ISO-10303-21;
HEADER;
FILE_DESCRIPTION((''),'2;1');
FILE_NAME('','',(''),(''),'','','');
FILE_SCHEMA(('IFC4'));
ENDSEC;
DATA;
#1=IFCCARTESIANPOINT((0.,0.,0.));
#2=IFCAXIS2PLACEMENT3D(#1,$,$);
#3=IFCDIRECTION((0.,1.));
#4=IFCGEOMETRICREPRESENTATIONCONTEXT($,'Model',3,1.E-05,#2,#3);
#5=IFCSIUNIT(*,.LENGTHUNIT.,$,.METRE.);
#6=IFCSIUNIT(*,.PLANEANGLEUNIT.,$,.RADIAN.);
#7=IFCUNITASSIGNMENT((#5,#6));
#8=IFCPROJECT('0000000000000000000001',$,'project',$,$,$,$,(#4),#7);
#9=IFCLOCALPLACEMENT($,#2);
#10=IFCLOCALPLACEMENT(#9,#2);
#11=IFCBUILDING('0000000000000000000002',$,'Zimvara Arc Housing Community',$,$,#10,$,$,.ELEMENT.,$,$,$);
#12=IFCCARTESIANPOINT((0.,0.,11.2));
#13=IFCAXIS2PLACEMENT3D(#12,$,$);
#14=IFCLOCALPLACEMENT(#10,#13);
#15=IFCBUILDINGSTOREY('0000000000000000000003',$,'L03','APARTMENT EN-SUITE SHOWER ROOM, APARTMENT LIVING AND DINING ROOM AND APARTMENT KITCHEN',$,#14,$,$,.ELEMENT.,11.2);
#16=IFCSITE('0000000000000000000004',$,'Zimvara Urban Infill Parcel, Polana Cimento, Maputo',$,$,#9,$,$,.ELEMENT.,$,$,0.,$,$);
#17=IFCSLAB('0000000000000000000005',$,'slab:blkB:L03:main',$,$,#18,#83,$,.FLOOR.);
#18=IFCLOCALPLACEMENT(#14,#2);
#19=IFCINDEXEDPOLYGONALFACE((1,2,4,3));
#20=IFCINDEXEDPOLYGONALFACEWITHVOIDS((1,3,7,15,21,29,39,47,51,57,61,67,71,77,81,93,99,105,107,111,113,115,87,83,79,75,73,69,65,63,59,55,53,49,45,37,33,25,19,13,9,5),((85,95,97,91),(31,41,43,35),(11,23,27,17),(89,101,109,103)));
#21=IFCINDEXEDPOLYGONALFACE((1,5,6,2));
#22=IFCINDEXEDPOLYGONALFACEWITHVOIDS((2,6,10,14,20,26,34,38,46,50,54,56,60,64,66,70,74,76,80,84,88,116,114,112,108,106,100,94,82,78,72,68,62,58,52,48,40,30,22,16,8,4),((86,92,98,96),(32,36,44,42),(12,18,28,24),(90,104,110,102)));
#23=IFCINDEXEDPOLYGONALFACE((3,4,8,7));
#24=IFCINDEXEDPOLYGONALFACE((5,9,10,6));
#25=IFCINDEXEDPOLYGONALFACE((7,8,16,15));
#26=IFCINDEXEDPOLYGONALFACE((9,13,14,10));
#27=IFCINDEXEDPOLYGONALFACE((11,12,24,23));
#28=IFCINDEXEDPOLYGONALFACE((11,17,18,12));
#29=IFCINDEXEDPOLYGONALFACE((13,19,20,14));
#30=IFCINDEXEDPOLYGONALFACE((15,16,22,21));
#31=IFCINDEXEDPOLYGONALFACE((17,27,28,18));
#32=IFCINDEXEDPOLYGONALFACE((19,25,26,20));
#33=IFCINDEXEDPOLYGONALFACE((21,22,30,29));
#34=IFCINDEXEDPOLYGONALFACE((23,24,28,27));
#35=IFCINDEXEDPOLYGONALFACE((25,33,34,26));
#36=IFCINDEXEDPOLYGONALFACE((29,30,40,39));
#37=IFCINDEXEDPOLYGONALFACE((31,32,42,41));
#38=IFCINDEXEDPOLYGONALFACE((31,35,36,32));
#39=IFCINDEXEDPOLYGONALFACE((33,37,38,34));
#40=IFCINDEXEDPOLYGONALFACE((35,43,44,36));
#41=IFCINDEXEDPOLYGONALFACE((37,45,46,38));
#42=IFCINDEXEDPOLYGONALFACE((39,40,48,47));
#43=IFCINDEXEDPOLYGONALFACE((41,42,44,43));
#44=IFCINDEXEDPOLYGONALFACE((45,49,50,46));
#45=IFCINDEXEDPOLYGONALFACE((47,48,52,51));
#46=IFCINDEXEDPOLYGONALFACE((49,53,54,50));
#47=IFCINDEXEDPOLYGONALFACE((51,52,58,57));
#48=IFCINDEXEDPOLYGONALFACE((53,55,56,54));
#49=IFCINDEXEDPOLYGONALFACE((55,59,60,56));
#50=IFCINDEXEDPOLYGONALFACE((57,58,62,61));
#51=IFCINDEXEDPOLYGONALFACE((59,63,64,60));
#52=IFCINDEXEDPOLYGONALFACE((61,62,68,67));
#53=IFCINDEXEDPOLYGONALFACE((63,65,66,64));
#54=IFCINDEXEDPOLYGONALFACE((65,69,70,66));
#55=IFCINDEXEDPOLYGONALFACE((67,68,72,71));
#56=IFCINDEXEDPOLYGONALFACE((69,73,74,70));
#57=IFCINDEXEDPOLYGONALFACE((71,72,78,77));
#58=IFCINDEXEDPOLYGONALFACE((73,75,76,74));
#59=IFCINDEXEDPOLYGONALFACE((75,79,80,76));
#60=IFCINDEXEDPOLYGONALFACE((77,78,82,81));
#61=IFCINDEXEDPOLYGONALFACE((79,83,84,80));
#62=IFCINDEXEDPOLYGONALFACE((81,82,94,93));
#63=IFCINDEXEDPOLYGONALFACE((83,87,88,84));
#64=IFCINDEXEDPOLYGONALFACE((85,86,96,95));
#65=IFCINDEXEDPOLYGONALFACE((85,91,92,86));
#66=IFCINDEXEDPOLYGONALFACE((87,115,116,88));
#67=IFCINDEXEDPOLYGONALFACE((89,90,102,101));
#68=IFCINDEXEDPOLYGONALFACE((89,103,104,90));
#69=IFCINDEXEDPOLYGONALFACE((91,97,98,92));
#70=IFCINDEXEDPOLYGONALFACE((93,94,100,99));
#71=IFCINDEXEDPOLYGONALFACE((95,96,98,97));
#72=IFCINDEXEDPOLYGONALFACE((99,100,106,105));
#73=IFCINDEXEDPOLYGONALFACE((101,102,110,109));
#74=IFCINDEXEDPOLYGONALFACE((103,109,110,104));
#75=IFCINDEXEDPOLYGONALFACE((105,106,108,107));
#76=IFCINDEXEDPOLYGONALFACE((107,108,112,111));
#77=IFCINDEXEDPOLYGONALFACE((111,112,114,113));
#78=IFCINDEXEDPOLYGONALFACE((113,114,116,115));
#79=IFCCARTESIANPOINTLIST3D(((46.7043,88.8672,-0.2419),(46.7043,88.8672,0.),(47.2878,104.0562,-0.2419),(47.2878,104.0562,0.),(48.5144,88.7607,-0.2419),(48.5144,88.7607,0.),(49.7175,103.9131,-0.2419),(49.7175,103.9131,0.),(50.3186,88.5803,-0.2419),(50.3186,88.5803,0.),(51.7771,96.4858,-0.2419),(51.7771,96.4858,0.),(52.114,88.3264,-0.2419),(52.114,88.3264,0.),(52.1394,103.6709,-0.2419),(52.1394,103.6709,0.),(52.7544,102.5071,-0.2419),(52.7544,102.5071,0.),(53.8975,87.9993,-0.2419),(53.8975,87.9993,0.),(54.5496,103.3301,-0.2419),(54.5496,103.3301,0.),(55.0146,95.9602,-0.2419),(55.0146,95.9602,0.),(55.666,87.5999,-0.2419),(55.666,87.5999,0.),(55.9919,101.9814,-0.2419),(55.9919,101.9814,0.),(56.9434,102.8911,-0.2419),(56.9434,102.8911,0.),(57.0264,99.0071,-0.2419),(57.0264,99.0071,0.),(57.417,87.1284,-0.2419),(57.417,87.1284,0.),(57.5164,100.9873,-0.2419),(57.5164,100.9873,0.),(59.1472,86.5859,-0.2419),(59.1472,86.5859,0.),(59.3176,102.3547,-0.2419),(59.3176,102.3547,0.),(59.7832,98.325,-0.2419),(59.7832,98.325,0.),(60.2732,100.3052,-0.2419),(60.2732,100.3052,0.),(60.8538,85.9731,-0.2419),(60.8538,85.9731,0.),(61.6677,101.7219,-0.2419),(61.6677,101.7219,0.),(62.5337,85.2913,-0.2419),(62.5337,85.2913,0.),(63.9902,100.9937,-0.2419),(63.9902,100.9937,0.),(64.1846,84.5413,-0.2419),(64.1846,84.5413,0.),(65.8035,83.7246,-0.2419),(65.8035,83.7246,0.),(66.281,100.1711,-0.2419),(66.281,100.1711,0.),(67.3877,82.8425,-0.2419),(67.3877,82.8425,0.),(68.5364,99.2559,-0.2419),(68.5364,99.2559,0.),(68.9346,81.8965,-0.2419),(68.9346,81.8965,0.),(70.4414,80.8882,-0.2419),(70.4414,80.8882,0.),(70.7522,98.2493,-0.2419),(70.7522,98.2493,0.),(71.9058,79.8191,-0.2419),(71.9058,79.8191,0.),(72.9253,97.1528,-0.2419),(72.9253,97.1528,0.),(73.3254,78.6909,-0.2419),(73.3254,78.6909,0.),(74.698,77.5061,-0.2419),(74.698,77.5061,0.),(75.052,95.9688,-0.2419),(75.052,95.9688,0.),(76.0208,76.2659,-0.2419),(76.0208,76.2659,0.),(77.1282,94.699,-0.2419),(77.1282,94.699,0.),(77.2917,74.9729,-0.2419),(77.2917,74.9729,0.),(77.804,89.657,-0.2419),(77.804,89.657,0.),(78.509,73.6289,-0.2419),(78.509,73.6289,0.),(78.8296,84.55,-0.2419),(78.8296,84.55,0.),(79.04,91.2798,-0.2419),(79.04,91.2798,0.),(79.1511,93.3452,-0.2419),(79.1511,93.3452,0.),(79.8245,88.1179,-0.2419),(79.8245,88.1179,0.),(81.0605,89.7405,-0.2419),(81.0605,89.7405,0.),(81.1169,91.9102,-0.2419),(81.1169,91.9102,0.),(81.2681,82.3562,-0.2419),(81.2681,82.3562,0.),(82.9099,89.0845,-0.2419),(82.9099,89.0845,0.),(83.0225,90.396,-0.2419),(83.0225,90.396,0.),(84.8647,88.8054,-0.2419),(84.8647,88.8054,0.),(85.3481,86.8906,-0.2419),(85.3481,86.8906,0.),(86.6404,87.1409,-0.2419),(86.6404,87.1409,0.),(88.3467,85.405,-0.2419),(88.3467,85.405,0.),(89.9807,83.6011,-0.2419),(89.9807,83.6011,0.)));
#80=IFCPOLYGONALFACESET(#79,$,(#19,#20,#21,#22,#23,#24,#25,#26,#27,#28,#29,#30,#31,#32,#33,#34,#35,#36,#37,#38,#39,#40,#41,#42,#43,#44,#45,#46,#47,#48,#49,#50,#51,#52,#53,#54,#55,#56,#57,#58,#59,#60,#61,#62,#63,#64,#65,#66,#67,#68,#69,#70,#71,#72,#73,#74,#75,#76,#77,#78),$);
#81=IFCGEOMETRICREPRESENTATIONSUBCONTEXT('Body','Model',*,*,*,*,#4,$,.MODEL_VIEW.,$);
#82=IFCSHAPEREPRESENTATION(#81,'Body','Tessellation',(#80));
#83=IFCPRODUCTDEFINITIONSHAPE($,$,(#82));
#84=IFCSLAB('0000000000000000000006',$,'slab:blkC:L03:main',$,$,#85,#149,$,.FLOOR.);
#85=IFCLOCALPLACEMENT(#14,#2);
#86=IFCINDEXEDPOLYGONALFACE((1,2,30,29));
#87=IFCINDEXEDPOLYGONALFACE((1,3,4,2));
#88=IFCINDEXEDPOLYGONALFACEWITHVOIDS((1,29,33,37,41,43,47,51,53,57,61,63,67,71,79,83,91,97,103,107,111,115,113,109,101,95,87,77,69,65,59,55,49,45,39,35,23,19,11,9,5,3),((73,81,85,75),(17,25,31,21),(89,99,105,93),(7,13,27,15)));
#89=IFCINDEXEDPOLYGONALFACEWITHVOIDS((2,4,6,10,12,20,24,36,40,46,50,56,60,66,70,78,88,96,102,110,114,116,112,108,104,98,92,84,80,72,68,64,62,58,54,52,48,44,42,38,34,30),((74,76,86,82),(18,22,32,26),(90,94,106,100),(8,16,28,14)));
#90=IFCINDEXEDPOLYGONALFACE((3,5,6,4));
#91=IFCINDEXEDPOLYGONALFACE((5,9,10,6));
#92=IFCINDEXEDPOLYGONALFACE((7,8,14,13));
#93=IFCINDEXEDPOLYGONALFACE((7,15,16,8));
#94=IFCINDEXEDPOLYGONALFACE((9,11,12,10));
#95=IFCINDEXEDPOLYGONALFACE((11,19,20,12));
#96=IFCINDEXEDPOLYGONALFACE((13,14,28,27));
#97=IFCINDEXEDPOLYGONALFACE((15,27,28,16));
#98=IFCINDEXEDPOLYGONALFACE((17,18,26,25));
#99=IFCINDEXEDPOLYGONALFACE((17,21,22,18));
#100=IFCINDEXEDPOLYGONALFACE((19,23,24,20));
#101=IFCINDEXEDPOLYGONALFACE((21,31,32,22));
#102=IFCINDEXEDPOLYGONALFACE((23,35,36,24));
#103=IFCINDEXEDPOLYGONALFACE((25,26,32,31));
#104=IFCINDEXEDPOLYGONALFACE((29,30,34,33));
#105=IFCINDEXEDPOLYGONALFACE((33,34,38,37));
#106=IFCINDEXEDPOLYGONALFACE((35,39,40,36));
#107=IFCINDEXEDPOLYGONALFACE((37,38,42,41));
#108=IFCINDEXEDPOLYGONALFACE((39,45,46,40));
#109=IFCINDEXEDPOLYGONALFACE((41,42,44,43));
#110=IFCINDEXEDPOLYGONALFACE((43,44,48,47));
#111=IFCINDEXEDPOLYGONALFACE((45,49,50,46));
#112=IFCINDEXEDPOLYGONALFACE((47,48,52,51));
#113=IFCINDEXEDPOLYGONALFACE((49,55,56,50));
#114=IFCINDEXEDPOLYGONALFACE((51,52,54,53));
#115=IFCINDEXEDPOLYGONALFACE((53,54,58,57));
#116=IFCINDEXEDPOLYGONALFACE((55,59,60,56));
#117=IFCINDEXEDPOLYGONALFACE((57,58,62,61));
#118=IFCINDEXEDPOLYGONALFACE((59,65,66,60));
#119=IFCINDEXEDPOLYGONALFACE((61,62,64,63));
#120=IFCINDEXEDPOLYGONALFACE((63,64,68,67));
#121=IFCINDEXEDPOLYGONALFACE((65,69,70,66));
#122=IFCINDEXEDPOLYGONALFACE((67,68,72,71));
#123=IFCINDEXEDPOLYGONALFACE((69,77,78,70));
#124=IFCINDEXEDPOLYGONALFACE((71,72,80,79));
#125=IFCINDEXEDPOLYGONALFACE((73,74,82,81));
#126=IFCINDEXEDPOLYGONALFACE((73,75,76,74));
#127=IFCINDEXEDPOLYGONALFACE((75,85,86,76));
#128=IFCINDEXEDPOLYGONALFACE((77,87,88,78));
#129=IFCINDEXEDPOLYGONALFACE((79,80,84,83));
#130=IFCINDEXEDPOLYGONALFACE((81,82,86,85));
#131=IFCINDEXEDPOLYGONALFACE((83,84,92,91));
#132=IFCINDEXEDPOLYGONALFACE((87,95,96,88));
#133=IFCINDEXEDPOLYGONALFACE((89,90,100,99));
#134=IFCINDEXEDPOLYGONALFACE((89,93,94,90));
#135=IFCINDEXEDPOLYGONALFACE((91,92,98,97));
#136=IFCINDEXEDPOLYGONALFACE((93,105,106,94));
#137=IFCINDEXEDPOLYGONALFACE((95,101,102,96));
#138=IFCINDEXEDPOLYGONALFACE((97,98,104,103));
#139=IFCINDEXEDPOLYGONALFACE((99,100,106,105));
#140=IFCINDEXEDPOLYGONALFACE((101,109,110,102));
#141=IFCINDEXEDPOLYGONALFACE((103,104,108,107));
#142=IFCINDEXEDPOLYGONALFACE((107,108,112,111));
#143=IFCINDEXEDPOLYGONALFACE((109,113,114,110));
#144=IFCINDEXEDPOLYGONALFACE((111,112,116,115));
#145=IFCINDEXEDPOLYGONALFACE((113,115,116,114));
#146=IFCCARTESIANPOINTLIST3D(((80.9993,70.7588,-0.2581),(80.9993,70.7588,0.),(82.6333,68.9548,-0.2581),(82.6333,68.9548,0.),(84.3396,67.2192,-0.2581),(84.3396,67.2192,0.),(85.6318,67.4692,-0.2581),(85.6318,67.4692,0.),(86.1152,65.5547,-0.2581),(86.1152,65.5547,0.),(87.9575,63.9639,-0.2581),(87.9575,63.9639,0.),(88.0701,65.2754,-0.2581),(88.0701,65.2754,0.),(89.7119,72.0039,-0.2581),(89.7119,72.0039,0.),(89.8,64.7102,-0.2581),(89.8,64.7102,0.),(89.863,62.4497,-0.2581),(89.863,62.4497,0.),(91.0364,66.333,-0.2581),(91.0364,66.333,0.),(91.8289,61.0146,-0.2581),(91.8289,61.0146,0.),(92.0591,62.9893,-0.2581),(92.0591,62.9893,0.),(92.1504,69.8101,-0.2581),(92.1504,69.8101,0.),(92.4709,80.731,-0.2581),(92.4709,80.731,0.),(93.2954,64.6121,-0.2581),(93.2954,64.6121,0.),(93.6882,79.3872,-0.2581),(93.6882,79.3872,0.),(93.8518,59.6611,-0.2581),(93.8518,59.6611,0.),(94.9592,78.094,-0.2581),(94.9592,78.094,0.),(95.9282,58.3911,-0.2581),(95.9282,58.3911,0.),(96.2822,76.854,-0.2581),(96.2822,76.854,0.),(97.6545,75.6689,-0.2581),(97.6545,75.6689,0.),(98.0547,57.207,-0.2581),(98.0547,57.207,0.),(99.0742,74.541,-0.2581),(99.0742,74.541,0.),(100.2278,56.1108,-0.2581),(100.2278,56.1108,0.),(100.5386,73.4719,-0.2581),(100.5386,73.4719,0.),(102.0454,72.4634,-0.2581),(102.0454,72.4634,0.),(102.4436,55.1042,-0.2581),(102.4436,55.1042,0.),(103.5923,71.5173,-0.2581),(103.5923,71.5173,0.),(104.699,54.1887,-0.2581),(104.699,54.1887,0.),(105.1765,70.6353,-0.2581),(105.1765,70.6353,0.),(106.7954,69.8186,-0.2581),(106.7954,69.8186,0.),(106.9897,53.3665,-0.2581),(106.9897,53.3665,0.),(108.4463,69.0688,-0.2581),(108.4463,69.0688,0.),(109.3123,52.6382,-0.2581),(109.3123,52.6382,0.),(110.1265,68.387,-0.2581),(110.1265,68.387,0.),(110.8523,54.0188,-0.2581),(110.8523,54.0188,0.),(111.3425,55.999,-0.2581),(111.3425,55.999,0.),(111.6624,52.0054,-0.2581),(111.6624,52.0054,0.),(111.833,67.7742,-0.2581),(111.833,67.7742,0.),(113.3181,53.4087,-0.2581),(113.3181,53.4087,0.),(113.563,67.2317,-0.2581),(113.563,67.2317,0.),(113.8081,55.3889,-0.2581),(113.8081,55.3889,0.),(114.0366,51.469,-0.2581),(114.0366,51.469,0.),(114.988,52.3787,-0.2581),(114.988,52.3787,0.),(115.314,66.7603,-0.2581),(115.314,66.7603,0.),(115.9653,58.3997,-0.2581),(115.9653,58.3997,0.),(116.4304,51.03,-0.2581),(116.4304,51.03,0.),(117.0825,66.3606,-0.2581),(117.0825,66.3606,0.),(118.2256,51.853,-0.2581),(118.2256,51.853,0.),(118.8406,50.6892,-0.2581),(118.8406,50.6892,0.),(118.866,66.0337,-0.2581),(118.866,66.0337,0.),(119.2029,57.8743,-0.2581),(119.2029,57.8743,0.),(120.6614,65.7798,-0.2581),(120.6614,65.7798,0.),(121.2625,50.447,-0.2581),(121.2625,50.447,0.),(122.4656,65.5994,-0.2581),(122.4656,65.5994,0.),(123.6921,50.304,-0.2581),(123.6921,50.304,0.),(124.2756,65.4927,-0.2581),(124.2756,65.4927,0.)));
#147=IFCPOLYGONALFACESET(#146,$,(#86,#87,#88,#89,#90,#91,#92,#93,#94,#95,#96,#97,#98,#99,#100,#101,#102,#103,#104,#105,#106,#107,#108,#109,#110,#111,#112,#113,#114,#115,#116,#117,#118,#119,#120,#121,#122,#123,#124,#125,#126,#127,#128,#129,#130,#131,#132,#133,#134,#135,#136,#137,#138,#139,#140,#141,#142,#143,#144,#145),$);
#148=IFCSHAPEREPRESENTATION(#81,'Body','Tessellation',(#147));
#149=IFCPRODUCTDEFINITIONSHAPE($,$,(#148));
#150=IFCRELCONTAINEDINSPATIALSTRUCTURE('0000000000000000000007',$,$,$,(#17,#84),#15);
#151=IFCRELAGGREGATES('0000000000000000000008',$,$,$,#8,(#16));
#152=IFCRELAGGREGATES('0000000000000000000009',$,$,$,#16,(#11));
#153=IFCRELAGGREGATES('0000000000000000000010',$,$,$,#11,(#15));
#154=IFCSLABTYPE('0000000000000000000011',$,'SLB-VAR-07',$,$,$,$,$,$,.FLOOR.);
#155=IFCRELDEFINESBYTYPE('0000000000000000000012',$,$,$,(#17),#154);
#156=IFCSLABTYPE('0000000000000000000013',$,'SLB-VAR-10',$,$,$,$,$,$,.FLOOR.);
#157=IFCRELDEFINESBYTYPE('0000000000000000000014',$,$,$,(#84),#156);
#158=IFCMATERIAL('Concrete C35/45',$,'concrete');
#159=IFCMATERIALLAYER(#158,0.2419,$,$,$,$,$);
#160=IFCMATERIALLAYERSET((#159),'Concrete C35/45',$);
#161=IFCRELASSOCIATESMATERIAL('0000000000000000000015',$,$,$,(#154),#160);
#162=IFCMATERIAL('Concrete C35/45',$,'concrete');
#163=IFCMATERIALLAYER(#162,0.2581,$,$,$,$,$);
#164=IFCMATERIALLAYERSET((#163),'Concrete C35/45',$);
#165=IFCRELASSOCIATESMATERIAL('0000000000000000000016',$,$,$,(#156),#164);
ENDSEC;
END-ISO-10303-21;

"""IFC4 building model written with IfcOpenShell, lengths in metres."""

from ifc_helpers import new_model, si_unit, direction, frame, origin, place, context, subcontext, project, spatial, polyline, outline, extrude, material, layer, layer_set, type_object, element, save


model = new_model("IFC4")

# Units and contexts
model_context = context("Model", 3, precision=1e-05, world=origin(), true_north=direction((0.0, 1.0)))
body_context = subcontext(model_context, "Body", "Model", "MODEL_VIEW")
ifc_project = project(units=[si_unit("LENGTHUNIT", "METRE"), si_unit("PLANEANGLEUNIT", "RADIAN")], contexts=[model_context])

# Site, building, storey
site_placement = place(None, origin())
site = spatial("IfcSite", under=ifc_project, at=site_placement, Name="Zimvara Urban Infill Parcel, Polana Cimento, Maputo", CompositionType="ELEMENT", RefElevation=0.0)
building_placement = place(site_placement, origin())
building = spatial("IfcBuilding", under=site, at=building_placement, Name="Zimvara Arc Housing Community", CompositionType="ELEMENT")
storey_placement = place(building_placement, frame((0.0, 0.0, 11.2)))
storey = spatial("IfcBuildingStorey", under=building, at=storey_placement, Name="L03", Description="APARTMENT EN-SUITE SHOWER ROOM, APARTMENT LIVING AND DINING ROOM AND APARTMENT KITCHEN", CompositionType="ELEMENT", Elevation=11.2)

# Slabs
ifc_material_1 = material(Name="Concrete C35/45", Category="concrete")
ifc_layer_1 = layer(ifc_material_1, 0.2419)
ifc_layer_set_1 = layer_set([ifc_layer_1], Name="Concrete C35/45")
slab_type_1 = type_object("IfcSlabType", Name="SLB-VAR-07", PredefinedType="FLOOR", material=ifc_layer_set_1)
slab_1_placement = place(storey_placement, frame((0.0, 0.0, -0.2419)))
element("IfcSlab", 1, at=slab_1_placement, inside=storey, type_object=slab_type_1, Name="slab:blkB:L03:main", PredefinedType="FLOOR", context=body_context, shape_type="SweptSolid", body=[
    extrude(outline(polyline([(46.7043, 88.8672), (48.5144, 88.7607), (50.3186, 88.5803), (52.114, 88.3264), (53.8975, 87.9993), (55.666, 87.5999), (57.417, 87.1284), (59.1472, 86.5859), (60.8538, 85.9731), (62.5337, 85.2913), (64.1846, 84.5413), (65.8035, 83.7246), (67.3877, 82.8425), (68.9346, 81.8965), (70.4414, 80.8882), (71.9058, 79.8191), (73.3254, 78.6909), (74.698, 77.5061), (76.0208, 76.2659), (77.2917, 74.9729), (78.509, 73.6289), (89.9807, 83.6011), (88.3467, 85.405), (86.6404, 87.1409), (84.8647, 88.8054), (83.0225, 90.396), (81.1169, 91.9102), (79.1511, 93.3452), (77.1282, 94.699), (75.052, 95.9688), (72.9253, 97.1528), (70.7522, 98.2493), (68.5364, 99.2559), (66.281, 100.1711), (63.9902, 100.9937), (61.6677, 101.7219), (59.3176, 102.3547), (56.9434, 102.8911), (54.5496, 103.3301), (52.1394, 103.6709), (49.7175, 103.9131), (47.2878, 104.0562), (46.7043, 88.8672)]), holes=[polyline([(51.7771, 96.4858), (52.7544, 102.5071), (55.9919, 101.9814), (55.0146, 95.9602), (51.7771, 96.4858)]), polyline([(78.8296, 84.55), (82.9099, 89.0845), (85.3481, 86.8906), (81.2681, 82.3562), (78.8296, 84.55)]), polyline([(57.0264, 99.0071), (57.5164, 100.9873), (60.2732, 100.3052), (59.7832, 98.325), (57.0264, 99.0071)]), polyline([(77.804, 89.657), (79.04, 91.2798), (81.0605, 89.7405), (79.8245, 88.1179), (77.804, 89.657)])]), origin(), (0.0, 0.0, 1.0), 0.2419),
])
ifc_material_2 = material(Name="Concrete C35/45", Category="concrete")
ifc_layer_2 = layer(ifc_material_2, 0.2581)
ifc_layer_set_2 = layer_set([ifc_layer_2], Name="Concrete C35/45")
slab_type_2 = type_object("IfcSlabType", Name="SLB-VAR-10", PredefinedType="FLOOR", material=ifc_layer_set_2)
slab_2_placement = place(storey_placement, frame((0.0, 0.0, -0.2581)))
element("IfcSlab", 2, at=slab_2_placement, inside=storey, type_object=slab_type_2, Name="slab:blkC:L03:main", PredefinedType="FLOOR", context=body_context, shape_type="SweptSolid", body=[
    extrude(outline(polyline([(80.9993, 70.7588), (82.6333, 68.9548), (84.3396, 67.2192), (86.1152, 65.5547), (87.9575, 63.9639), (89.863, 62.4497), (91.8289, 61.0146), (93.8518, 59.6611), (95.9282, 58.3911), (98.0547, 57.207), (100.2278, 56.1108), (102.4436, 55.1042), (104.699, 54.1887), (106.9897, 53.3665), (109.3123, 52.6382), (111.6624, 52.0054), (114.0366, 51.469), (116.4304, 51.03), (118.8406, 50.6892), (121.2625, 50.447), (123.6921, 50.304), (124.2756, 65.4927), (122.4656, 65.5994), (120.6614, 65.7798), (118.866, 66.0337), (117.0825, 66.3606), (115.314, 66.7603), (113.563, 67.2317), (111.833, 67.7742), (110.1265, 68.387), (108.4463, 69.0688), (106.7954, 69.8186), (105.1765, 70.6353), (103.5923, 71.5173), (102.0454, 72.4634), (100.5386, 73.4719), (99.0742, 74.541), (97.6545, 75.6689), (96.2822, 76.854), (94.9592, 78.094), (93.6882, 79.3872), (92.4709, 80.731), (80.9993, 70.7588)]), holes=[polyline([(92.1504, 69.8101), (88.0701, 65.2754), (85.6318, 67.4692), (89.7119, 72.0039), (92.1504, 69.8101)]), polyline([(119.2029, 57.8743), (118.2256, 51.853), (114.988, 52.3787), (115.9653, 58.3997), (119.2029, 57.8743)]), polyline([(93.2954, 64.6121), (92.0591, 62.9893), (89.8, 64.7102), (91.0364, 66.333), (93.2954, 64.6121)]), polyline([(113.8081, 55.3889), (113.3181, 53.4087), (110.8523, 54.0188), (111.3425, 55.999), (113.8081, 55.3889)])]), origin(), (0.0, 0.0, 1.0), 0.2581),
])

save(model, "model.ifc")
